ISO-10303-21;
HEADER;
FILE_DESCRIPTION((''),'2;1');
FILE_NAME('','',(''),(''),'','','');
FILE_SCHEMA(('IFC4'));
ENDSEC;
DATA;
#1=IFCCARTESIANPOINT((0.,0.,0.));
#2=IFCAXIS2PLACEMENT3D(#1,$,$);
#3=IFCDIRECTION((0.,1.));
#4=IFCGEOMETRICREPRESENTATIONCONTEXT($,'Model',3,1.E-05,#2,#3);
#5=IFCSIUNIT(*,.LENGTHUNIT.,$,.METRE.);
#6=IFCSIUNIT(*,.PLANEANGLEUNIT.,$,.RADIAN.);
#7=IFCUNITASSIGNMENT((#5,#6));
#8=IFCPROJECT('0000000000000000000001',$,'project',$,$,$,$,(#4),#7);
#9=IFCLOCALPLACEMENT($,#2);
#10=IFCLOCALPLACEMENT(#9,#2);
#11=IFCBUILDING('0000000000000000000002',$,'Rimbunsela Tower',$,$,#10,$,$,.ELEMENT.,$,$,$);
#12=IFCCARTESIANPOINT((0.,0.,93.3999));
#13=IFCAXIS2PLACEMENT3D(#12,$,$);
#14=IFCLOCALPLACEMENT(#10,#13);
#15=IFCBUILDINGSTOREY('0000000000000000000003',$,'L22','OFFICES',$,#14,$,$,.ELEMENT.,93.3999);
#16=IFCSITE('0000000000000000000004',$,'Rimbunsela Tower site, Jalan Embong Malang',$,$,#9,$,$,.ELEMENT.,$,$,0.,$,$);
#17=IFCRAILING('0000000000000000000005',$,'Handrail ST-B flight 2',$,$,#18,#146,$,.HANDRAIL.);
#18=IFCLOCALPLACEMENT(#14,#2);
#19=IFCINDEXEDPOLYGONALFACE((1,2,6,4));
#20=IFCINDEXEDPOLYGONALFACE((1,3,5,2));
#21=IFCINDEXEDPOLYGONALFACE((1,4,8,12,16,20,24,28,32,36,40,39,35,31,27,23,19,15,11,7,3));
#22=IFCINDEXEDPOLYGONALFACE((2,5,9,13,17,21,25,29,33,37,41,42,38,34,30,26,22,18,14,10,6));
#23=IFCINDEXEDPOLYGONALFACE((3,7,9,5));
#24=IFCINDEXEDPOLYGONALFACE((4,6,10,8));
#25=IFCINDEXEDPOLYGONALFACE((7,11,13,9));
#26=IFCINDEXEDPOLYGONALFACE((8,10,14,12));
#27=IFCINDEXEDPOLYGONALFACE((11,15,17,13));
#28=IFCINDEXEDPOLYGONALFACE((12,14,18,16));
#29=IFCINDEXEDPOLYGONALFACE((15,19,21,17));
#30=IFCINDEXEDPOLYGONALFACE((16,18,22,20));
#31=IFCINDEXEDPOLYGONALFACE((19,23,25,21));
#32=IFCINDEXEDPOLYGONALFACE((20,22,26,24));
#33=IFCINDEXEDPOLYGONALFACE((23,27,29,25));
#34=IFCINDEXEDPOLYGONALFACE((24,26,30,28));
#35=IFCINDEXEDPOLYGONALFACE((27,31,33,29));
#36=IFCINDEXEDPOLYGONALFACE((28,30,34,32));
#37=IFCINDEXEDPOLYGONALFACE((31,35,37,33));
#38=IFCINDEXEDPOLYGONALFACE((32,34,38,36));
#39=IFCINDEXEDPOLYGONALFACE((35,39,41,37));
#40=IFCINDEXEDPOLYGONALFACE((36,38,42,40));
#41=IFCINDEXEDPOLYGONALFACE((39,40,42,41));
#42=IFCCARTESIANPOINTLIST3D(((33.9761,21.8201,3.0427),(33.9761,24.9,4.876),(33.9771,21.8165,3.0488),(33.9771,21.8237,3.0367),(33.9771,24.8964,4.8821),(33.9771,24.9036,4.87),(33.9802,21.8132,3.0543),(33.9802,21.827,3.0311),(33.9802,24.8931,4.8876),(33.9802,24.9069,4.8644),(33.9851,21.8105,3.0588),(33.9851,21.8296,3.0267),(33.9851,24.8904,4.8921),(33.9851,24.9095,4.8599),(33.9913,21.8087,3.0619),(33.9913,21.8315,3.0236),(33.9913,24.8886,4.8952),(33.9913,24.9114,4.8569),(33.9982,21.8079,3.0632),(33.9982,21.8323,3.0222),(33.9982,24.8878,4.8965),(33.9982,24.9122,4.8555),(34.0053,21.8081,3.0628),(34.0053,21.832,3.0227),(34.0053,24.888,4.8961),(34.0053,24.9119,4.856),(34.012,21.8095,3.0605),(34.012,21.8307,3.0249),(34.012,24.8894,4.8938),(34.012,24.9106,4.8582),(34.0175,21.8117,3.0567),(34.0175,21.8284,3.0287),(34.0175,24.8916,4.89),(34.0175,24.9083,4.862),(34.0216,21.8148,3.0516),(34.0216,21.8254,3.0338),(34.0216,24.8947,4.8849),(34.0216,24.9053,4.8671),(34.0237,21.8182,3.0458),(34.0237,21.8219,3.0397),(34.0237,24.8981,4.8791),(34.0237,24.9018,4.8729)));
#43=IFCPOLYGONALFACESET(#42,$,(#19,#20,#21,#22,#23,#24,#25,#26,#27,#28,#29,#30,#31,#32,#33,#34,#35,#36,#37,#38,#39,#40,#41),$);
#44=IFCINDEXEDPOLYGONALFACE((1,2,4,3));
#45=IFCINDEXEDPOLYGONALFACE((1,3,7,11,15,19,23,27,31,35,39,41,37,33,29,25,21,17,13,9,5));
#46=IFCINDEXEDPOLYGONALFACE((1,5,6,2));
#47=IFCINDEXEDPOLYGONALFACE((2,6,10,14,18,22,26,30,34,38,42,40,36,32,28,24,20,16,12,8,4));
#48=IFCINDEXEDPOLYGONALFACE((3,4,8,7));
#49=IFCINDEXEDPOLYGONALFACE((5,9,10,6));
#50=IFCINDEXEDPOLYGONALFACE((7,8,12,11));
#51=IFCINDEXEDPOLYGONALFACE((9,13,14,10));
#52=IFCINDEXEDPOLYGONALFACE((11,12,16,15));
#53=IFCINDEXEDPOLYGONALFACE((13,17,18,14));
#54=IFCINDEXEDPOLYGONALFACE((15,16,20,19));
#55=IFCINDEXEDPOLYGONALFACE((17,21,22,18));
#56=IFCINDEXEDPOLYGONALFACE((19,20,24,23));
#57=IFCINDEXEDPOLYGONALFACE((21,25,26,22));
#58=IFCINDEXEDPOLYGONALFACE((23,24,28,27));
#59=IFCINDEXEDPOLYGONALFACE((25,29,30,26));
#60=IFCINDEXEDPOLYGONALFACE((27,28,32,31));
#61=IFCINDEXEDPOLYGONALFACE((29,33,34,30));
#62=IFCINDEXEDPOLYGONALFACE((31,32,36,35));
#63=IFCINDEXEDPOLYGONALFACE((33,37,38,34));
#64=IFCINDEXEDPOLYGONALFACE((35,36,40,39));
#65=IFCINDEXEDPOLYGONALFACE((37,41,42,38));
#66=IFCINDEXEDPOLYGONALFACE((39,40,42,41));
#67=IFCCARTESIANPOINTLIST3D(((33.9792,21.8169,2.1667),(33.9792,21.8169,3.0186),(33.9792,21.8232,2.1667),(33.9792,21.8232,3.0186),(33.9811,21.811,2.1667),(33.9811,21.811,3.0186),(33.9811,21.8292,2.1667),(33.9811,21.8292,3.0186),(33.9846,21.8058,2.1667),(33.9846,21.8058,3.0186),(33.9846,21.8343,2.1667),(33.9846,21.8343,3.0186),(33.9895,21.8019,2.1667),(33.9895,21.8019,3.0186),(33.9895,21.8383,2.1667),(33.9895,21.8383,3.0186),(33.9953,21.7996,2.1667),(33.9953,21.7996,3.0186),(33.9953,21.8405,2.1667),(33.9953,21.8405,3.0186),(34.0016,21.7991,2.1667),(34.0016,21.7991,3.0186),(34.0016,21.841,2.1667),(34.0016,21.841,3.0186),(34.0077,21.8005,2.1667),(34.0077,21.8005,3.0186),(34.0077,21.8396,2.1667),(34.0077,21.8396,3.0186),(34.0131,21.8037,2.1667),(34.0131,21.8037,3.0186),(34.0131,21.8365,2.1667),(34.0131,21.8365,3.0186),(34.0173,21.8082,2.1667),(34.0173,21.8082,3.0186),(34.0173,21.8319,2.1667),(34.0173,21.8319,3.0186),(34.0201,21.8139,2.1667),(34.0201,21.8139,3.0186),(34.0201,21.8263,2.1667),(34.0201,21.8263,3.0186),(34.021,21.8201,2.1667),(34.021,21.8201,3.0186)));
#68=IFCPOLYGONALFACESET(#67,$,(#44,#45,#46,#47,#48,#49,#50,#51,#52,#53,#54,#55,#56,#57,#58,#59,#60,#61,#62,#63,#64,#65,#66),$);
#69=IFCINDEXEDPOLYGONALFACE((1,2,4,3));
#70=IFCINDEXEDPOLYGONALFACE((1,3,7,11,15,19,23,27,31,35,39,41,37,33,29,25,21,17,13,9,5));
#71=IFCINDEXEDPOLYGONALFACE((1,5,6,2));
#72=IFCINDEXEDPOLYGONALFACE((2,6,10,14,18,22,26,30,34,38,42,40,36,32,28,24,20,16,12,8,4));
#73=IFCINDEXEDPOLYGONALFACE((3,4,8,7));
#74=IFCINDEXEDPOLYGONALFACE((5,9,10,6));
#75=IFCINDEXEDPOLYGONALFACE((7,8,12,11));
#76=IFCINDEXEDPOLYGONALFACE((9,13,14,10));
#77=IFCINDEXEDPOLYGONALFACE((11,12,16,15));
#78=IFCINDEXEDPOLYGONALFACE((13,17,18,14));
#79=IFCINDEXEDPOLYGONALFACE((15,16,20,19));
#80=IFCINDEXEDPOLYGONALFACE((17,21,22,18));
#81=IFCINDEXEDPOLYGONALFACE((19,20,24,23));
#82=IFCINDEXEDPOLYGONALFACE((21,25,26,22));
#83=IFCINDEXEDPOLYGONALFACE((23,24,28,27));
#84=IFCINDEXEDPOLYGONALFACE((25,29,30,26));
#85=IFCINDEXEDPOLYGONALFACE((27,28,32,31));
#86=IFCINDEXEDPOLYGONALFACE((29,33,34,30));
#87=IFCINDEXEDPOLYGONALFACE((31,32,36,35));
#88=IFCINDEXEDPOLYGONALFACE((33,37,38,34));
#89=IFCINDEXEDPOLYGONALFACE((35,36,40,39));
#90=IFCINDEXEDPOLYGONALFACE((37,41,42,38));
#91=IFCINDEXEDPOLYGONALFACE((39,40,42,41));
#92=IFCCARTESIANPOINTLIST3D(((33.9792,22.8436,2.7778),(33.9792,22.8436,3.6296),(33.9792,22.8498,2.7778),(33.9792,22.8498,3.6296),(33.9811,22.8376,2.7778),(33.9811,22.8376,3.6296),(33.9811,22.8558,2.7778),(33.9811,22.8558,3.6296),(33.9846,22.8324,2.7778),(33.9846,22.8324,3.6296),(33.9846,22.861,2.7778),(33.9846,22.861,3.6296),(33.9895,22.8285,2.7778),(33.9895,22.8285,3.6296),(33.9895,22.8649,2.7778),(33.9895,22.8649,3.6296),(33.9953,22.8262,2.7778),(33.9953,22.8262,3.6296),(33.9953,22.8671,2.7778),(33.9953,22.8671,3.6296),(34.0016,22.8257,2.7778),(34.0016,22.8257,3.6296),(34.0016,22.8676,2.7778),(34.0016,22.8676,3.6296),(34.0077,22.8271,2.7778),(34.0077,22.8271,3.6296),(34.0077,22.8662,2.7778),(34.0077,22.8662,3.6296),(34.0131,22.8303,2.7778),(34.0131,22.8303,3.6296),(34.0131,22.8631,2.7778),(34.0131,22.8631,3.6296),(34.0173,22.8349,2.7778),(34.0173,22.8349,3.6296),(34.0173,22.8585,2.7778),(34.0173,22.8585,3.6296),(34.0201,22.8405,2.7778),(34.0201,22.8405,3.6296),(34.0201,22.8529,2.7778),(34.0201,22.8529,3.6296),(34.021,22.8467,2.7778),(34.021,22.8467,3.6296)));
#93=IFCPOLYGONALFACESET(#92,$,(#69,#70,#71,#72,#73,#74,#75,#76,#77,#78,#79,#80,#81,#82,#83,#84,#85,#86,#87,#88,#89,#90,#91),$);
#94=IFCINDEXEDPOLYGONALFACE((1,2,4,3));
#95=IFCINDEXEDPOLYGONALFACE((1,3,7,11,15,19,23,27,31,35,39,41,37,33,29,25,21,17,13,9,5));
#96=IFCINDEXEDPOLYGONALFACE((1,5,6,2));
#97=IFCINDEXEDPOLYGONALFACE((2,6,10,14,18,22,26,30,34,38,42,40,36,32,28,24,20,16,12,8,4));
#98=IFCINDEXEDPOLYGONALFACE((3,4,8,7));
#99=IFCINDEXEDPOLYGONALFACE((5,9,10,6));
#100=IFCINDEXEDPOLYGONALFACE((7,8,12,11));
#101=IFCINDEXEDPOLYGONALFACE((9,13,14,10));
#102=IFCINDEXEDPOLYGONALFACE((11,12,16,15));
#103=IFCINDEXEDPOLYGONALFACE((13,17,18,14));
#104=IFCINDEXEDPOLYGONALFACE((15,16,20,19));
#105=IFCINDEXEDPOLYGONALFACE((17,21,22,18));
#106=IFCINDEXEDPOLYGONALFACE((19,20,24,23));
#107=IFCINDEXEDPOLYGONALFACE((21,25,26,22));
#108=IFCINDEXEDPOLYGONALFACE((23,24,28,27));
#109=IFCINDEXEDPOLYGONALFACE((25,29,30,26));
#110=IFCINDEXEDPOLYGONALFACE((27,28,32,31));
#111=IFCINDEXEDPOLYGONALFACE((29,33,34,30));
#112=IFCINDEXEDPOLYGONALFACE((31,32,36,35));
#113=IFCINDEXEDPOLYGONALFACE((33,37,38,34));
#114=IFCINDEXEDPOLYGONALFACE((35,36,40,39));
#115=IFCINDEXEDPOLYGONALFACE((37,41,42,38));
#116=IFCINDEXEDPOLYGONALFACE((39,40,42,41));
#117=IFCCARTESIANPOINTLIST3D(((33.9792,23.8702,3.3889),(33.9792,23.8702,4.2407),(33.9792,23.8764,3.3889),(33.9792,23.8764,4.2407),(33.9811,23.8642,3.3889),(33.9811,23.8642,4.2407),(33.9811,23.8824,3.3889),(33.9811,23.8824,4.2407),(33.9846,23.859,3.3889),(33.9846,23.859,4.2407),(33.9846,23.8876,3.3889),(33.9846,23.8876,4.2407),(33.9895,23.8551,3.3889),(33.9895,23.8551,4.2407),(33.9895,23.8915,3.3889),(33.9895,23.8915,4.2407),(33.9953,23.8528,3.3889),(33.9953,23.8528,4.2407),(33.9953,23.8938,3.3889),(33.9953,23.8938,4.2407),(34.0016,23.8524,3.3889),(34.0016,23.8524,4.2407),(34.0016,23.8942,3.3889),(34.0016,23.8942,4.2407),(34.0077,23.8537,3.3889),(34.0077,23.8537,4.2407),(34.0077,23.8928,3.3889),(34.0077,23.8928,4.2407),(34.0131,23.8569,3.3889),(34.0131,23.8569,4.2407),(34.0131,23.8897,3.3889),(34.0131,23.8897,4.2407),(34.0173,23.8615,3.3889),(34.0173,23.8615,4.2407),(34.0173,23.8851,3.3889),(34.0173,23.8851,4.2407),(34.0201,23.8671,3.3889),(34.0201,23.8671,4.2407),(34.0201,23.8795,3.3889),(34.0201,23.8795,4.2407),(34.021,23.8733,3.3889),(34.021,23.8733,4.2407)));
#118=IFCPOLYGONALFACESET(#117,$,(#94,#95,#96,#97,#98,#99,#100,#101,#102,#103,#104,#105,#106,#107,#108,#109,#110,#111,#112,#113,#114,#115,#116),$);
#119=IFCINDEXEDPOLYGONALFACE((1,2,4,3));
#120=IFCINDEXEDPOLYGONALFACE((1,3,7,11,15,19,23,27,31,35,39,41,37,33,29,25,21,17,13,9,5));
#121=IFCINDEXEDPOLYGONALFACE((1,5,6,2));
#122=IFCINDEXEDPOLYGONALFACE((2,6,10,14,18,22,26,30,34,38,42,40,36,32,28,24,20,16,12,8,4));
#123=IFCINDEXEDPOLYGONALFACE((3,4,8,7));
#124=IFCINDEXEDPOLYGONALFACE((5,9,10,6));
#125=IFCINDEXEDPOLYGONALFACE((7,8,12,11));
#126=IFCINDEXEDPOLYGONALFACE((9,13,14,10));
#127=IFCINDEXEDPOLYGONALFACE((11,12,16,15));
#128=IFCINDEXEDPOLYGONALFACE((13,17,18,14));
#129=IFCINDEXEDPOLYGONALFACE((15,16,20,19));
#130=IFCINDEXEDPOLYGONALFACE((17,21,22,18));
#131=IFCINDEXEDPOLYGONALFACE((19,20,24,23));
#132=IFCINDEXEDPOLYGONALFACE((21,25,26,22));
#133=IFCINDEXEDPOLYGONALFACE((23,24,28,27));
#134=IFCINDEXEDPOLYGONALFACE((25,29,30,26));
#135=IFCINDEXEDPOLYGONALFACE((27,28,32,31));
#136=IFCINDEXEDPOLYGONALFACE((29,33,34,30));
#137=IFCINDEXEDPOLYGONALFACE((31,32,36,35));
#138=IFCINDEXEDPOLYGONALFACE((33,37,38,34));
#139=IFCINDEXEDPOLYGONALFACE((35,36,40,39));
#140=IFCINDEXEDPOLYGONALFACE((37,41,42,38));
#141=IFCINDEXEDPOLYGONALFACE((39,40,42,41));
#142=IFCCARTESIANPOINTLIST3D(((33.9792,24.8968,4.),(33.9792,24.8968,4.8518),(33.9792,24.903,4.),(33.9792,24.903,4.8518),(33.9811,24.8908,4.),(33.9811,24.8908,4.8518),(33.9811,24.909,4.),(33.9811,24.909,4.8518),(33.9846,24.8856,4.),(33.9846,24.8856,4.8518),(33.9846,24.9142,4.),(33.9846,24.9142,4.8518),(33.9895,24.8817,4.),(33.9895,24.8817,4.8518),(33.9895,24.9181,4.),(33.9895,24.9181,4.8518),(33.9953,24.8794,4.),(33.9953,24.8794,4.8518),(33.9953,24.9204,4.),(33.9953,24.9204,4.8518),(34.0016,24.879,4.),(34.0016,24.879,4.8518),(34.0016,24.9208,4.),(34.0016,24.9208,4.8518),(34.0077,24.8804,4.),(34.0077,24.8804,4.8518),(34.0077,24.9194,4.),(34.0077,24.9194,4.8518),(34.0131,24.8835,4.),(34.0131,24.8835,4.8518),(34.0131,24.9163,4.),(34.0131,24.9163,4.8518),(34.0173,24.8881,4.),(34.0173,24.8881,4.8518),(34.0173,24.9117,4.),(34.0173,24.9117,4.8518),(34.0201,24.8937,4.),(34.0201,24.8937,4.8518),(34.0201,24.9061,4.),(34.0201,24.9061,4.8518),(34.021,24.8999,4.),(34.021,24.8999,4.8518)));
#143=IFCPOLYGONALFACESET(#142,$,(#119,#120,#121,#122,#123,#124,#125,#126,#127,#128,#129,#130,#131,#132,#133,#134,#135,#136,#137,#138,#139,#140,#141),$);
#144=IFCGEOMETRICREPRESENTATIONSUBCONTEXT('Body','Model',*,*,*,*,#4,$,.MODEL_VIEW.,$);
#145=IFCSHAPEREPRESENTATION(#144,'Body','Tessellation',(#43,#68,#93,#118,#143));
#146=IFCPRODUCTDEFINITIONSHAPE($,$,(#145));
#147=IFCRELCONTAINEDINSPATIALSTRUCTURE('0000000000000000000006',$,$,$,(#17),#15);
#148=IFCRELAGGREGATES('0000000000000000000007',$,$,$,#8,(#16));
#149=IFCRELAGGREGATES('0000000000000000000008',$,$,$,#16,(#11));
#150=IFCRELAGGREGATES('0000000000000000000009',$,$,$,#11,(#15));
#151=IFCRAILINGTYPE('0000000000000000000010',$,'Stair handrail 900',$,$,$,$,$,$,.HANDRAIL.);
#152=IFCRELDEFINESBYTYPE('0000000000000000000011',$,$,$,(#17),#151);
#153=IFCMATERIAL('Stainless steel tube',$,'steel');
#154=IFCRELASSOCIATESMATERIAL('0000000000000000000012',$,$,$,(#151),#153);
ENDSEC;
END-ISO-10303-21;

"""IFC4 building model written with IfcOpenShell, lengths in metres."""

from ifc_helpers import new_model, si_unit, direction, frame, origin, origin_2d, place, context, subcontext, project, spatial, circle, extrude, material, type_object, element, save


model = new_model("IFC4")

# Units and contexts
model_context = context("Model", 3, precision=1e-05, world=origin(), true_north=direction((0.0, 1.0)))
body_context = subcontext(model_context, "Body", "Model", "MODEL_VIEW")
ifc_project = project(units=[si_unit("LENGTHUNIT", "METRE"), si_unit("PLANEANGLEUNIT", "RADIAN")], contexts=[model_context])

# Site, building, storey
site_placement = place(None, origin())
site = spatial("IfcSite", under=ifc_project, at=site_placement, Name="Rimbunsela Tower site, Jalan Embong Malang", CompositionType="ELEMENT", RefElevation=0.0)
building_placement = place(site_placement, origin())
building = spatial("IfcBuilding", under=site, at=building_placement, Name="Rimbunsela Tower", CompositionType="ELEMENT")
storey_placement = place(building_placement, frame((0.0, 0.0, 93.3999)))
storey = spatial("IfcBuildingStorey", under=building, at=storey_placement, Name="L22", Description="OFFICES", CompositionType="ELEMENT", Elevation=93.3999)

# Railing
ifc_material_1 = material(Name="Stainless steel tube", Category="steel")
railing_type = type_object("IfcRailingType", Name="Stair handrail 900", PredefinedType="HANDRAIL", material=ifc_material_1)
railing_placement = place(storey_placement, frame((34.0, 21.8201, 2.1667)))
element("IfcRailing", 1, at=railing_placement, inside=storey, type_object=railing_type, Name="Handrail ST-B flight 2", PredefinedType="HANDRAIL", context=body_context, shape_type="SweptSolid", body=[
    extrude(circle(Radius=0.0239, at=origin_2d()), frame((0.0, 0.0, 0.876), z_axis=(0.0, 0.859291, 0.511487), x_axis=(-1.0, 0.0, 0.0)), (0.0, 0.0, 1.0), 3.5842),
    extrude(circle(Radius=0.021, at=origin_2d()), origin(), (0.0, 0.0, 1.0), 0.8518),
    extrude(circle(Radius=0.021, at=origin_2d()), frame((0.0, 1.0266, 0.6111)), (0.0, 0.0, 1.0), 0.8518),
    extrude(circle(Radius=0.021, at=origin_2d()), frame((0.0, 2.0532, 1.2222)), (0.0, 0.0, 1.0), 0.8518),
    extrude(circle(Radius=0.021, at=origin_2d()), frame((0.0, 3.0798, 1.8333)), (0.0, 0.0, 1.0), 0.8518),
])

save(model, "model.ifc")
